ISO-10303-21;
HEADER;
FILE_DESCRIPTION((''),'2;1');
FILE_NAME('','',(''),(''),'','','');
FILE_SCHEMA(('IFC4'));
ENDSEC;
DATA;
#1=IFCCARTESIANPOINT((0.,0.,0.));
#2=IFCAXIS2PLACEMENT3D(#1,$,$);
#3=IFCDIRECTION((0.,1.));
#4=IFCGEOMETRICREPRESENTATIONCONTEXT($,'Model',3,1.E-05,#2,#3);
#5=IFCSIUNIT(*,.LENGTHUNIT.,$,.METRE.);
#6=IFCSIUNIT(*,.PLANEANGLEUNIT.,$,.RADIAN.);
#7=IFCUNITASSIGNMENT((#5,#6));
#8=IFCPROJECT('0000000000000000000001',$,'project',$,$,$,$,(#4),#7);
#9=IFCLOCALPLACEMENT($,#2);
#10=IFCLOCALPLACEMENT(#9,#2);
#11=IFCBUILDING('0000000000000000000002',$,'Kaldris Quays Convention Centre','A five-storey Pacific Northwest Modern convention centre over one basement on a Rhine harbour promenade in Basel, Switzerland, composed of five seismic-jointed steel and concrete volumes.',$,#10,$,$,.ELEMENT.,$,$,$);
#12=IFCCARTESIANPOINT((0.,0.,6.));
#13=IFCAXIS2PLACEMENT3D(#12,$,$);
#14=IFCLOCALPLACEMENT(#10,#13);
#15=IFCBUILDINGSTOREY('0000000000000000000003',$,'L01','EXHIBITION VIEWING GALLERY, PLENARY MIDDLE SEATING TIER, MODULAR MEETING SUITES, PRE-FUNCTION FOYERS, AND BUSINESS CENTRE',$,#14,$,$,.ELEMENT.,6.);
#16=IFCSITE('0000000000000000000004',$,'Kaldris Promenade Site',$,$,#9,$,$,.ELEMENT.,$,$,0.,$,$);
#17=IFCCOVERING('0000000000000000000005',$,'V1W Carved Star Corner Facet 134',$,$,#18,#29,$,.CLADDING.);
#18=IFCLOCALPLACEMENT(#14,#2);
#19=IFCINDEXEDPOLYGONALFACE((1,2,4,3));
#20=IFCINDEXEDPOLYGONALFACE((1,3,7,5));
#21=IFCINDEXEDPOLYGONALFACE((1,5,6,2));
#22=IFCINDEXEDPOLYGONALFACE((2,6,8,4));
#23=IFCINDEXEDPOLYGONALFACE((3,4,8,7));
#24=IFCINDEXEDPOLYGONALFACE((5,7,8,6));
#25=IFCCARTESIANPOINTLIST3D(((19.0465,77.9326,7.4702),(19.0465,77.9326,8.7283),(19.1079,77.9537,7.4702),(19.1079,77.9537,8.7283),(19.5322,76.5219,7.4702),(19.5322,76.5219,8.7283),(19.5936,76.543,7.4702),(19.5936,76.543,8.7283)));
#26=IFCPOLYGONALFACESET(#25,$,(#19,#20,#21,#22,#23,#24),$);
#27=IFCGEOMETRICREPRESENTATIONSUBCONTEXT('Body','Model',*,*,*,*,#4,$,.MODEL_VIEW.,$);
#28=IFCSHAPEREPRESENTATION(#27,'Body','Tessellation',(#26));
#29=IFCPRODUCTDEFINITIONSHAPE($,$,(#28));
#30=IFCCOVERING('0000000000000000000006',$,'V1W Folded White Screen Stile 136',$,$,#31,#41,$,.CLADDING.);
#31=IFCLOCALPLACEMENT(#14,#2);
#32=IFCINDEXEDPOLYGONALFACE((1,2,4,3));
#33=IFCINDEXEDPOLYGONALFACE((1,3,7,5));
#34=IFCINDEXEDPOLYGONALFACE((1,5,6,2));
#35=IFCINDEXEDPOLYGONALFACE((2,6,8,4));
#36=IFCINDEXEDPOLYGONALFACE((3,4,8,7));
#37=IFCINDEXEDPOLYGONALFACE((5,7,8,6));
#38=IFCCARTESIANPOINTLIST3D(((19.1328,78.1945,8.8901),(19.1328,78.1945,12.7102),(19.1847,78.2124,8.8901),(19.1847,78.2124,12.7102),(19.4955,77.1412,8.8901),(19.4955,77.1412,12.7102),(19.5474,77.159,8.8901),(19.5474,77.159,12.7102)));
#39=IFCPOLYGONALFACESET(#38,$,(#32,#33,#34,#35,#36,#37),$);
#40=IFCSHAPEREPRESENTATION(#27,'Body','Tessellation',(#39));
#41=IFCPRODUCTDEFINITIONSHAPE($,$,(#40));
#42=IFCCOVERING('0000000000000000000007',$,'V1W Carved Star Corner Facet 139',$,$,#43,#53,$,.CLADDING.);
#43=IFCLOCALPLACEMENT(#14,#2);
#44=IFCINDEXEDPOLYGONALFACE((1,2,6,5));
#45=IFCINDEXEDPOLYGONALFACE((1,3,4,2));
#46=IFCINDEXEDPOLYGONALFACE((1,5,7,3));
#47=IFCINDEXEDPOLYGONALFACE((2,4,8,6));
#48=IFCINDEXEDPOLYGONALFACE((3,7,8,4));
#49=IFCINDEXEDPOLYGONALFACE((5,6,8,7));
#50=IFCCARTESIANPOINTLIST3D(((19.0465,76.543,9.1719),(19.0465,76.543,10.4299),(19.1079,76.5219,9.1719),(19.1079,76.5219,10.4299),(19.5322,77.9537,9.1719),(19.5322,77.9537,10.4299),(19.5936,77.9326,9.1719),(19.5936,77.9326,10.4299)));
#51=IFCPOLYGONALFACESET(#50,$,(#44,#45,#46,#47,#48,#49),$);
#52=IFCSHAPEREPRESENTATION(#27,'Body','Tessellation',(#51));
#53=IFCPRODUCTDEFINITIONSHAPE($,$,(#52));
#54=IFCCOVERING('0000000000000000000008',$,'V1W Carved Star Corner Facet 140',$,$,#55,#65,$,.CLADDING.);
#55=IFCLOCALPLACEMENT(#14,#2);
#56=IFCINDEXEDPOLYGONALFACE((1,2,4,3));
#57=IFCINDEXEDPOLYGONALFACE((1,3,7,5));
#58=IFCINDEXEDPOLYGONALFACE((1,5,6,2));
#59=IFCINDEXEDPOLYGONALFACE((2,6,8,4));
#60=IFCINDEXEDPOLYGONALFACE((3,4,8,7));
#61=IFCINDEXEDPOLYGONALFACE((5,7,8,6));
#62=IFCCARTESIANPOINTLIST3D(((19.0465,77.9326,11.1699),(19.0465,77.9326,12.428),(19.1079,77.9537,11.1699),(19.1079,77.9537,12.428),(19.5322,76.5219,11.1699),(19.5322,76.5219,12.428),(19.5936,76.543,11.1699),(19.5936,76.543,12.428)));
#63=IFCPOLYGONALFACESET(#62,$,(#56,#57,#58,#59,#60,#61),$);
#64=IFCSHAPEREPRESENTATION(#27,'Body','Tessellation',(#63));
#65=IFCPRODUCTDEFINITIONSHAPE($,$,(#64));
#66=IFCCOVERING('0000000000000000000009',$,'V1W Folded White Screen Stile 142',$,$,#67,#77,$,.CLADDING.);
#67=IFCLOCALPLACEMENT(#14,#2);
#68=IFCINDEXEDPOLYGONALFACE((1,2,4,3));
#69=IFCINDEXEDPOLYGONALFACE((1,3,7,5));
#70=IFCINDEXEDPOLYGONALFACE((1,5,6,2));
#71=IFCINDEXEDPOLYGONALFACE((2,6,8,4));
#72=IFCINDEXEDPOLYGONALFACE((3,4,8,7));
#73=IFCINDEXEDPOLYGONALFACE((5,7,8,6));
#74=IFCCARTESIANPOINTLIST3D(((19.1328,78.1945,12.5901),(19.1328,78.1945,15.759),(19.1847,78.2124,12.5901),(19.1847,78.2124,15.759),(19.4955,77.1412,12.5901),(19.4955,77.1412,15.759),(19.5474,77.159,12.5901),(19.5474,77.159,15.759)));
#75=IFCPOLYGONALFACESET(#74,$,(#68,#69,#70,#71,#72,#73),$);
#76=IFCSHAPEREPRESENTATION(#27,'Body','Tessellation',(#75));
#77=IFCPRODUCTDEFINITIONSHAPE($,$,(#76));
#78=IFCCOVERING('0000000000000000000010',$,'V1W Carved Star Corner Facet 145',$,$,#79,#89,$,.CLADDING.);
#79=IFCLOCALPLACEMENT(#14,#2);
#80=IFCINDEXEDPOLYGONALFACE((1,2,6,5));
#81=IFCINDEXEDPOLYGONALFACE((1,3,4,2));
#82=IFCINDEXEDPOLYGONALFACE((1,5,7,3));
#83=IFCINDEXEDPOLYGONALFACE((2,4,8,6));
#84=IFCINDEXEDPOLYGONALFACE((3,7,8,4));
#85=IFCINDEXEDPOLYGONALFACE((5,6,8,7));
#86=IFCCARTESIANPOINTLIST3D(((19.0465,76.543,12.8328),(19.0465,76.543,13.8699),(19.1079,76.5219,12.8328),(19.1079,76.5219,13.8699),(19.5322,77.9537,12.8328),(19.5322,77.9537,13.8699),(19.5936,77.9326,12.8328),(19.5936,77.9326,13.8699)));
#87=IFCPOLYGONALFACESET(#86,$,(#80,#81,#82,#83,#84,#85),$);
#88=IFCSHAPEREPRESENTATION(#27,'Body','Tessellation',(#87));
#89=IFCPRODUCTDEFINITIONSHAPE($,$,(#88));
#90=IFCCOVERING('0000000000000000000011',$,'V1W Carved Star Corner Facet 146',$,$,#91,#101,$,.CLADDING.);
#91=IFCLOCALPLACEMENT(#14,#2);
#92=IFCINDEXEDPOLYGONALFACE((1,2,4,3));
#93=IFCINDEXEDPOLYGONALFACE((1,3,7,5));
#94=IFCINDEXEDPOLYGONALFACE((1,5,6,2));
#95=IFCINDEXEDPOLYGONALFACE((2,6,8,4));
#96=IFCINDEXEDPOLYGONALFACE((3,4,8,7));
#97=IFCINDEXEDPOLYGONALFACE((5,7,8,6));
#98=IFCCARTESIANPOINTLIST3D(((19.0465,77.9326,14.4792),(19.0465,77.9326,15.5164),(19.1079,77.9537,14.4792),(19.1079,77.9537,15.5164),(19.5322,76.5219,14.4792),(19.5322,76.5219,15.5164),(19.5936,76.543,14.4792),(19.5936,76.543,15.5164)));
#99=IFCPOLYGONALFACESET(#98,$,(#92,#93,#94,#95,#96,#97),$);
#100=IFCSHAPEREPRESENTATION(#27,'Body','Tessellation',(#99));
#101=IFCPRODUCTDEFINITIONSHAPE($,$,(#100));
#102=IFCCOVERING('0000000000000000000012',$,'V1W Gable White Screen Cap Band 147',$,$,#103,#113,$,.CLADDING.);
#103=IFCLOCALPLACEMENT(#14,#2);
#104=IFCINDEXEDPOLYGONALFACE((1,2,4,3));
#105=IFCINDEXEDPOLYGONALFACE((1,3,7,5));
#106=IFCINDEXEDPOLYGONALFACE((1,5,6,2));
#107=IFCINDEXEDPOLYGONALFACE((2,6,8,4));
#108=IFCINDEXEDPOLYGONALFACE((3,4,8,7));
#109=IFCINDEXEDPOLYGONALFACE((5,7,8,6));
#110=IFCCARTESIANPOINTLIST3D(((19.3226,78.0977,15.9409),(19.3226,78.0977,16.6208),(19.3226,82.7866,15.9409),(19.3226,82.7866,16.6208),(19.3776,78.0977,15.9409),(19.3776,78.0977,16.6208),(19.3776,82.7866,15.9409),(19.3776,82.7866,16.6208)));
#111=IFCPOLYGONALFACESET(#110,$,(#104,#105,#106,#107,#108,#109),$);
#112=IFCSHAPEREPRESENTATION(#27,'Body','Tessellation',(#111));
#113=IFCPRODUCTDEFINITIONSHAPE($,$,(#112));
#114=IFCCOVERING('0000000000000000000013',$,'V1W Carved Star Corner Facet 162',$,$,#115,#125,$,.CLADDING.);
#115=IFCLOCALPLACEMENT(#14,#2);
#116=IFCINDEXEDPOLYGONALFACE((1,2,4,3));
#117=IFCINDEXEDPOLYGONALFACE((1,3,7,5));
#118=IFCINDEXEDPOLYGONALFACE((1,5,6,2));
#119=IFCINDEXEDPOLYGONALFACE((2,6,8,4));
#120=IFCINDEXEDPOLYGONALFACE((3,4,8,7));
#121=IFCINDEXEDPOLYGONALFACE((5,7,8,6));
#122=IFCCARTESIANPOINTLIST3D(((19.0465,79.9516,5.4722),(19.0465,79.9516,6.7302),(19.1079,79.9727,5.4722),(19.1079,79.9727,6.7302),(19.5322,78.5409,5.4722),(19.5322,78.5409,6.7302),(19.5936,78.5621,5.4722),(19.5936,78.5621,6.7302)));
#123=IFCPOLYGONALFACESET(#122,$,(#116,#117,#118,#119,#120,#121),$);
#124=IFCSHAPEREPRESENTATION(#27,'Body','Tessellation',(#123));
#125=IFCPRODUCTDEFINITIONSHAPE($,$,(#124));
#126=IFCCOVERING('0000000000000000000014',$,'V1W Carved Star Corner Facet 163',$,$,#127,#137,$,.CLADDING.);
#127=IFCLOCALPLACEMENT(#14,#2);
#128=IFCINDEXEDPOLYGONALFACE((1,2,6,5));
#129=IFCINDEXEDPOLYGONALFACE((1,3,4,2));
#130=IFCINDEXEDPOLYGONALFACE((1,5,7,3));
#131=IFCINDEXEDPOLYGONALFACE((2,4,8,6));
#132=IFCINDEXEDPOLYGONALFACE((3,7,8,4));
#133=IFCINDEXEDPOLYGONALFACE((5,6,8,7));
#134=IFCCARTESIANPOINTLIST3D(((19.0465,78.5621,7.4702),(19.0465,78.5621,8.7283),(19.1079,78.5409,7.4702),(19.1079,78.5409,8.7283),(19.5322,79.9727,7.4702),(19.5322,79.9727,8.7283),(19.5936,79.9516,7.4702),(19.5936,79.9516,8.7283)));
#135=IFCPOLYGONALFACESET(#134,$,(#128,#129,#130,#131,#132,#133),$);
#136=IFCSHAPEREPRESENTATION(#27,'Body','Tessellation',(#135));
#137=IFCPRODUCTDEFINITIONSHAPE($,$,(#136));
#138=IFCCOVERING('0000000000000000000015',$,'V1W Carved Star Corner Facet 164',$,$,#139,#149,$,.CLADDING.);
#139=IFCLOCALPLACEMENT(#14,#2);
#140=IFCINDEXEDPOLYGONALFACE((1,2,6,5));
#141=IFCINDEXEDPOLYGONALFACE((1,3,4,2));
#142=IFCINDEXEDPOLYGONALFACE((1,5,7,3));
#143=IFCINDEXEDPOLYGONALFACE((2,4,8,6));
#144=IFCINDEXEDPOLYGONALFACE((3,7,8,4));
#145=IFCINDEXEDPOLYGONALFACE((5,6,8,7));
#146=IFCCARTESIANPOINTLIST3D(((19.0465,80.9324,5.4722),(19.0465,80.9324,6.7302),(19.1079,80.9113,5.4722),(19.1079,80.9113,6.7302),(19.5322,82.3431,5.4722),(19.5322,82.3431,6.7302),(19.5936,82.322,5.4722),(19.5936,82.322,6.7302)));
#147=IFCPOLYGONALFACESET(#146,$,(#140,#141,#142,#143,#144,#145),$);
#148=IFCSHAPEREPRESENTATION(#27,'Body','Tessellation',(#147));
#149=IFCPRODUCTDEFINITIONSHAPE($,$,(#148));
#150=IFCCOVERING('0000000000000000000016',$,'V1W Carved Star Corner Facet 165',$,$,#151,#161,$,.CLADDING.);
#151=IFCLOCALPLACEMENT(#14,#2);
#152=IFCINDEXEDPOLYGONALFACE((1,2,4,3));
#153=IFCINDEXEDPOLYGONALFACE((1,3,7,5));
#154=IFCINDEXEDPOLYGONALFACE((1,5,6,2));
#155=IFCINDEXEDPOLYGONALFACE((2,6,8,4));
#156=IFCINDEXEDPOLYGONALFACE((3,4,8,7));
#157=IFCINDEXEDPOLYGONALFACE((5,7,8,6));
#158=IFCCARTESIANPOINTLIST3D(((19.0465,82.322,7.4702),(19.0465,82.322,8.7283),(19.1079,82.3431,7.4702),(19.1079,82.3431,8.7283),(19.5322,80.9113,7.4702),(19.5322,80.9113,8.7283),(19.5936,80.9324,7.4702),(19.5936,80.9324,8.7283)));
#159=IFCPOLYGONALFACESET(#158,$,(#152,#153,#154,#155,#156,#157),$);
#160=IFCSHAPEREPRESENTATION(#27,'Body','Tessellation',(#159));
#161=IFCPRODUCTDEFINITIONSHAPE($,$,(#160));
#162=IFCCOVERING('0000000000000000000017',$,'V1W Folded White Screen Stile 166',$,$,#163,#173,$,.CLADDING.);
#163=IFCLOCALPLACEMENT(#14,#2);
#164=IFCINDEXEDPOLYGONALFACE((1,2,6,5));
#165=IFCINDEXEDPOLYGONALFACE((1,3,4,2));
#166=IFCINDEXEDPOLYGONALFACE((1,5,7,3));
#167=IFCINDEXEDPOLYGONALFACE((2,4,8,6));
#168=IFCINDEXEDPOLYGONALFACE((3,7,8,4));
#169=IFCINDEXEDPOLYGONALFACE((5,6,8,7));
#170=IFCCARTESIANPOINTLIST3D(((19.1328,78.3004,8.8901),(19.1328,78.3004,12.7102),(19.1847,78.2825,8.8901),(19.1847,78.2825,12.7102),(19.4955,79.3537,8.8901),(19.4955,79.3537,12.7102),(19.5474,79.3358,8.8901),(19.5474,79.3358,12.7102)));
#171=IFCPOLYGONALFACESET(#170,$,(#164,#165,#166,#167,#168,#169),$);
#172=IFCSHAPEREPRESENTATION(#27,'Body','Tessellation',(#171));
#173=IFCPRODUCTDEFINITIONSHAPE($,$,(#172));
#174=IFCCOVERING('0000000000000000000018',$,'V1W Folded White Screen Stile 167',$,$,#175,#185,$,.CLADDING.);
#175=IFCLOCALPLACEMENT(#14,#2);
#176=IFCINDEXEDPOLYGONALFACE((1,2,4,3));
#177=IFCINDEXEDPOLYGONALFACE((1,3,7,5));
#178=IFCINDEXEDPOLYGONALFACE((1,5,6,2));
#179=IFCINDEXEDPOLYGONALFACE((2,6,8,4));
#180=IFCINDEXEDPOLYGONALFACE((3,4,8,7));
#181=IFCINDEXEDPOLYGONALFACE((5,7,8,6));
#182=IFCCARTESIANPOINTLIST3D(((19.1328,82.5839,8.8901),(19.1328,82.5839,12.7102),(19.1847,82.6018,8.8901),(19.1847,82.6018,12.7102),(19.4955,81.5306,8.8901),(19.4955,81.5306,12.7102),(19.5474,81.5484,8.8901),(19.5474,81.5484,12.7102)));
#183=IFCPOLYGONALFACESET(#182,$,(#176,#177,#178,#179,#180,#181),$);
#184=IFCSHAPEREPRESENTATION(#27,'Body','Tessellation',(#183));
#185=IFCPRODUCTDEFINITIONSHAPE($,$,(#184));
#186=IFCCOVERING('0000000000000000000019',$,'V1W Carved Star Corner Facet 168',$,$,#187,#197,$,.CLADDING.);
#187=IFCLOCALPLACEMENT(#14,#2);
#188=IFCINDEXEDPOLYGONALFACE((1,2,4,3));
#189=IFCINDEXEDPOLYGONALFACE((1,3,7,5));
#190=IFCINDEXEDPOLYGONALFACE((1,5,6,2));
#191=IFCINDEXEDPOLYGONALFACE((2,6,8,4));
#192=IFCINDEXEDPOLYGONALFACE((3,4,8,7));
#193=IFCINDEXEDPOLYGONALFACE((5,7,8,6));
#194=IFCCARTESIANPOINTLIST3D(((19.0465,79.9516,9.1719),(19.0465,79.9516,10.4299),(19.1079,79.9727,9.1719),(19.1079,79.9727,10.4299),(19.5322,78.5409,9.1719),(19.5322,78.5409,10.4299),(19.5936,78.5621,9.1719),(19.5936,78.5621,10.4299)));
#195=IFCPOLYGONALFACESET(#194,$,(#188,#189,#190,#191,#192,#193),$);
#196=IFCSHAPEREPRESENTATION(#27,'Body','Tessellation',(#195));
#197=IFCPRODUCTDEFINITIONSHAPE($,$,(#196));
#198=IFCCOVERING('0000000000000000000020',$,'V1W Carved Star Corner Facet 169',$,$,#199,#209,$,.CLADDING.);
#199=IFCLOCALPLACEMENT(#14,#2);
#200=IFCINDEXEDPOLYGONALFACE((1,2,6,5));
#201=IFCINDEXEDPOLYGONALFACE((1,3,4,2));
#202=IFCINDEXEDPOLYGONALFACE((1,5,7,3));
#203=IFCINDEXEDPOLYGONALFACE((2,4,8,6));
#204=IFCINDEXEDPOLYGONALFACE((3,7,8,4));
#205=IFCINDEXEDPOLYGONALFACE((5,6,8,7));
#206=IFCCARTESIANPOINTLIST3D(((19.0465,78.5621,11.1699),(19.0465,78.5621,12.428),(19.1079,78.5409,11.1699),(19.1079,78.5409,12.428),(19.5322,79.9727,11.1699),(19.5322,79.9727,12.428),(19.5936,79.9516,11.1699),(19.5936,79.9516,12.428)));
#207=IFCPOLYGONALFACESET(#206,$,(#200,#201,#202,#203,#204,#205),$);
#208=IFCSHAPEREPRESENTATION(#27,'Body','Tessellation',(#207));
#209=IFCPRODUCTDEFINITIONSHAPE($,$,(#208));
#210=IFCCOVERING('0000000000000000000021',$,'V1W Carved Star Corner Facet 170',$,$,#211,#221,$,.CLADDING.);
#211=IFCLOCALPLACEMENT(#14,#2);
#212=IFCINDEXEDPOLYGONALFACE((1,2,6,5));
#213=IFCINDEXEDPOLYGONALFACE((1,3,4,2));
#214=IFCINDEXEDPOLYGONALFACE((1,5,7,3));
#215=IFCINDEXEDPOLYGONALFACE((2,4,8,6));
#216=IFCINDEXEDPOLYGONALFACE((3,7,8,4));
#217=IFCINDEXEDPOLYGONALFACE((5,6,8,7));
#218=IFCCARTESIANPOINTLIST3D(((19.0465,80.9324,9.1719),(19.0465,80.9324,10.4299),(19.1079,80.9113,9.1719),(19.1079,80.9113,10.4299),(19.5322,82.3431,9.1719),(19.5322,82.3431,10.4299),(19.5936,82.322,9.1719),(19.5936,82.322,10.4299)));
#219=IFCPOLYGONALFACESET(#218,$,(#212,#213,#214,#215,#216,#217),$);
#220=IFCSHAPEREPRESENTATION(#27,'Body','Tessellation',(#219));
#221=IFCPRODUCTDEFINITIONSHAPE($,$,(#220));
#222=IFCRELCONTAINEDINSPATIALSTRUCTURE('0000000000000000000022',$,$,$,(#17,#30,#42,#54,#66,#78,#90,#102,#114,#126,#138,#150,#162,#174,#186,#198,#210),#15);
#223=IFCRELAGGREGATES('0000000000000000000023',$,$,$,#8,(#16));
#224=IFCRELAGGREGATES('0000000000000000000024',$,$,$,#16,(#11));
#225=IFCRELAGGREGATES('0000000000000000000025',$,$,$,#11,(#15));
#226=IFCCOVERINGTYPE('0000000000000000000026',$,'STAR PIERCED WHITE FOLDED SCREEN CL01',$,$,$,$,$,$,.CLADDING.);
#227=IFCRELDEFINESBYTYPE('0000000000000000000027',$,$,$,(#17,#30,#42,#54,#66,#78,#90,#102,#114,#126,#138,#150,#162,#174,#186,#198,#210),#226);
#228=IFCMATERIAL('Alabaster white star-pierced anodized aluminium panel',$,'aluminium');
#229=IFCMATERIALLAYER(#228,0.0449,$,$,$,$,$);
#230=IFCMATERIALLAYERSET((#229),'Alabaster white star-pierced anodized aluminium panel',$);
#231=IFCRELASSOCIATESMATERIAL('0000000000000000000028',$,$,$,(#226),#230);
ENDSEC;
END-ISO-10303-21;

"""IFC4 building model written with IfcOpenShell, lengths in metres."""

from ifc_helpers import new_model, si_unit, direction, frame, origin, origin_2d, place, context, subcontext, project, spatial, rectangle, extrude, material, layer, layer_set, type_object, element, save


model = new_model("IFC4")

# Units and contexts
model_context = context("Model", 3, precision=1e-05, world=origin(), true_north=direction((0.0, 1.0)))
body_context = subcontext(model_context, "Body", "Model", "MODEL_VIEW")
ifc_project = project(units=[si_unit("LENGTHUNIT", "METRE"), si_unit("PLANEANGLEUNIT", "RADIAN")], contexts=[model_context])

# Site, building, storey
site_placement = place(None, origin())
site = spatial("IfcSite", under=ifc_project, at=site_placement, Name="Kaldris Promenade Site", CompositionType="ELEMENT", RefElevation=0.0)
building_placement = place(site_placement, origin())
building = spatial("IfcBuilding", under=site, at=building_placement, Name="Kaldris Quays Convention Centre", Description="A five-storey Pacific Northwest Modern convention centre over one basement on a Rhine harbour promenade in Basel, Switzerland, composed of five seismic-jointed steel and concrete volumes.", CompositionType="ELEMENT")
storey_placement = place(building_placement, frame((0.0, 0.0, 6.0)))
storey = spatial("IfcBuildingStorey", under=building, at=storey_placement, Name="L01", Description="EXHIBITION VIEWING GALLERY, PLENARY MIDDLE SEATING TIER, MODULAR MEETING SUITES, PRE-FUNCTION FOYERS, AND BUSINESS CENTRE", CompositionType="ELEMENT", Elevation=6.0)

# Coverings
ifc_material_1 = material(Name="Alabaster white star-pierced anodized aluminium panel", Category="aluminium")
ifc_layer = layer(ifc_material_1, 0.0449)
ifc_layer_set = layer_set([ifc_layer], Name="Alabaster white star-pierced anodized aluminium panel")
covering_type = type_object("IfcCoveringType", Name="STAR PIERCED WHITE FOLDED SCREEN CL01", PredefinedType="CLADDING", material=ifc_layer_set)
covering_1_placement = place(storey_placement, frame((19.3201, 77.2378, 7.4702), z_axis=(0.0, 0.0, 1.0), x_axis=(-0.325568, 0.945519, 0.0)))
element("IfcCovering", 1, at=covering_1_placement, inside=storey, type_object=covering_type, Name="V1W Carved Star Corner Facet 134", PredefinedType="CLADDING", context=body_context, shape_type="SweptSolid", body=[
    extrude(rectangle(XDim=1.4919, YDim=0.0649, at=origin_2d()), origin(), (0.0, 0.0, 1.0), 1.2581),
])
covering_2_placement = place(storey_placement, frame((19.3401, 77.6768, 8.8901), z_axis=(0.0, 0.0, 1.0), x_axis=(-0.325568, 0.945519, 0.0)))
element("IfcCovering", 2, at=covering_2_placement, inside=storey, type_object=covering_type, Name="V1W Folded White Screen Stile 136", PredefinedType="CLADDING", context=body_context, shape_type="SweptSolid", body=[
    extrude(rectangle(XDim=1.114, YDim=0.0549, at=origin_2d()), origin(), (0.0, 0.0, 1.0), 3.8201),
])
for number, where, z_axis, x_axis, name in (
    (3, (19.3201, 77.2378, 9.1719), (0.0, 0.0, 1.0), (0.325568, 0.945519, 0.0), "V1W Carved Star Corner Facet 139"),
    (4, (19.3201, 77.2378, 11.1699), (0.0, 0.0, 1.0), (-0.325568, 0.945519, 0.0), "V1W Carved Star Corner Facet 140"),
):
    element("IfcCovering", number, at=place(storey_placement, frame(where, z_axis=z_axis, x_axis=x_axis)), inside=storey, type_object=covering_type, Name=name, PredefinedType="CLADDING", context=body_context, shape_type="SweptSolid", body=[
        extrude(rectangle(XDim=1.4919, YDim=0.0649, at=origin_2d()), origin(), (0.0, 0.0, 1.0), 1.2581),
    ])
covering_3_placement = place(storey_placement, frame((19.3401, 77.6768, 12.5901), z_axis=(0.0, 0.0, 1.0), x_axis=(-0.325568, 0.945519, 0.0)))
element("IfcCovering", 5, at=covering_3_placement, inside=storey, type_object=covering_type, Name="V1W Folded White Screen Stile 142", PredefinedType="CLADDING", context=body_context, shape_type="SweptSolid", body=[
    extrude(rectangle(XDim=1.114, YDim=0.0549, at=origin_2d()), origin(), (0.0, 0.0, 1.0), 3.1689),
])
for number, where, z_axis, x_axis, name in (
    (6, (19.3201, 77.2378, 12.8328), (0.0, 0.0, 1.0), (0.325568, 0.945519, 0.0), "V1W Carved Star Corner Facet 145"),
    (7, (19.3201, 77.2378, 14.4792), (0.0, 0.0, 1.0), (-0.325568, 0.945519, 0.0), "V1W Carved Star Corner Facet 146"),
):
    element("IfcCovering", number, at=place(storey_placement, frame(where, z_axis=z_axis, x_axis=x_axis)), inside=storey, type_object=covering_type, Name=name, PredefinedType="CLADDING", context=body_context, shape_type="SweptSolid", body=[
        extrude(rectangle(XDim=1.4919, YDim=0.0649, at=origin_2d()), origin(), (0.0, 0.0, 1.0), 1.0371),
    ])
covering_4_placement = place(storey_placement, frame((19.3501, 80.4421, 15.9409), z_axis=(0.0, 0.0, 1.0), x_axis=(0.0, 1.0, 0.0)))
element("IfcCovering", 8, at=covering_4_placement, inside=storey, type_object=covering_type, Name="V1W Gable White Screen Cap Band 147", PredefinedType="CLADDING", context=body_context, shape_type="SweptSolid", body=[
    extrude(rectangle(XDim=4.689, YDim=0.0549, at=origin_2d()), origin(), (0.0, 0.0, 1.0), 0.6799),
])
for number, where, z_axis, x_axis, name in (
    (9, (19.3201, 79.2568, 5.4722), (0.0, 0.0, 1.0), (-0.325568, 0.945519, 0.0), "V1W Carved Star Corner Facet 162"),
    (10, (19.3201, 79.2568, 7.4702), (0.0, 0.0, 1.0), (0.325568, 0.945519, 0.0), "V1W Carved Star Corner Facet 163"),
    (11, (19.3201, 81.6272, 5.4722), (0.0, 0.0, 1.0), (0.325568, 0.945519, 0.0), "V1W Carved Star Corner Facet 164"),
    (12, (19.3201, 81.6272, 7.4702), (0.0, 0.0, 1.0), (-0.325568, 0.945519, 0.0), "V1W Carved Star Corner Facet 165"),
):
    element("IfcCovering", number, at=place(storey_placement, frame(where, z_axis=z_axis, x_axis=x_axis)), inside=storey, type_object=covering_type, Name=name, PredefinedType="CLADDING", context=body_context, shape_type="SweptSolid", body=[
        extrude(rectangle(XDim=1.4919, YDim=0.0649, at=origin_2d()), origin(), (0.0, 0.0, 1.0), 1.2581),
    ])
for number, where, z_axis, x_axis, name in (
    (13, (19.3401, 78.8181, 8.8901), (0.0, 0.0, 1.0), (0.325568, 0.945519, 0.0), "V1W Folded White Screen Stile 166"),
    (14, (19.3401, 82.0662, 8.8901), (0.0, 0.0, 1.0), (-0.325568, 0.945519, 0.0), "V1W Folded White Screen Stile 167"),
):
    element("IfcCovering", number, at=place(storey_placement, frame(where, z_axis=z_axis, x_axis=x_axis)), inside=storey, type_object=covering_type, Name=name, PredefinedType="CLADDING", context=body_context, shape_type="SweptSolid", body=[
        extrude(rectangle(XDim=1.114, YDim=0.0549, at=origin_2d()), origin(), (0.0, 0.0, 1.0), 3.8201),
    ])
for number, where, z_axis, x_axis, name in (
    (15, (19.3201, 79.2568, 9.1719), (0.0, 0.0, 1.0), (-0.325568, 0.945519, 0.0), "V1W Carved Star Corner Facet 168"),
    (16, (19.3201, 79.2568, 11.1699), (0.0, 0.0, 1.0), (0.325568, 0.945519, 0.0), "V1W Carved Star Corner Facet 169"),
    (17, (19.3201, 81.6272, 9.1719), (0.0, 0.0, 1.0), (0.325568, 0.945519, 0.0), "V1W Carved Star Corner Facet 170"),
):
    element("IfcCovering", number, at=place(storey_placement, frame(where, z_axis=z_axis, x_axis=x_axis)), inside=storey, type_object=covering_type, Name=name, PredefinedType="CLADDING", context=body_context, shape_type="SweptSolid", body=[
        extrude(rectangle(XDim=1.4919, YDim=0.0649, at=origin_2d()), origin(), (0.0, 0.0, 1.0), 1.2581),
    ])

save(model, "model.ifc")
